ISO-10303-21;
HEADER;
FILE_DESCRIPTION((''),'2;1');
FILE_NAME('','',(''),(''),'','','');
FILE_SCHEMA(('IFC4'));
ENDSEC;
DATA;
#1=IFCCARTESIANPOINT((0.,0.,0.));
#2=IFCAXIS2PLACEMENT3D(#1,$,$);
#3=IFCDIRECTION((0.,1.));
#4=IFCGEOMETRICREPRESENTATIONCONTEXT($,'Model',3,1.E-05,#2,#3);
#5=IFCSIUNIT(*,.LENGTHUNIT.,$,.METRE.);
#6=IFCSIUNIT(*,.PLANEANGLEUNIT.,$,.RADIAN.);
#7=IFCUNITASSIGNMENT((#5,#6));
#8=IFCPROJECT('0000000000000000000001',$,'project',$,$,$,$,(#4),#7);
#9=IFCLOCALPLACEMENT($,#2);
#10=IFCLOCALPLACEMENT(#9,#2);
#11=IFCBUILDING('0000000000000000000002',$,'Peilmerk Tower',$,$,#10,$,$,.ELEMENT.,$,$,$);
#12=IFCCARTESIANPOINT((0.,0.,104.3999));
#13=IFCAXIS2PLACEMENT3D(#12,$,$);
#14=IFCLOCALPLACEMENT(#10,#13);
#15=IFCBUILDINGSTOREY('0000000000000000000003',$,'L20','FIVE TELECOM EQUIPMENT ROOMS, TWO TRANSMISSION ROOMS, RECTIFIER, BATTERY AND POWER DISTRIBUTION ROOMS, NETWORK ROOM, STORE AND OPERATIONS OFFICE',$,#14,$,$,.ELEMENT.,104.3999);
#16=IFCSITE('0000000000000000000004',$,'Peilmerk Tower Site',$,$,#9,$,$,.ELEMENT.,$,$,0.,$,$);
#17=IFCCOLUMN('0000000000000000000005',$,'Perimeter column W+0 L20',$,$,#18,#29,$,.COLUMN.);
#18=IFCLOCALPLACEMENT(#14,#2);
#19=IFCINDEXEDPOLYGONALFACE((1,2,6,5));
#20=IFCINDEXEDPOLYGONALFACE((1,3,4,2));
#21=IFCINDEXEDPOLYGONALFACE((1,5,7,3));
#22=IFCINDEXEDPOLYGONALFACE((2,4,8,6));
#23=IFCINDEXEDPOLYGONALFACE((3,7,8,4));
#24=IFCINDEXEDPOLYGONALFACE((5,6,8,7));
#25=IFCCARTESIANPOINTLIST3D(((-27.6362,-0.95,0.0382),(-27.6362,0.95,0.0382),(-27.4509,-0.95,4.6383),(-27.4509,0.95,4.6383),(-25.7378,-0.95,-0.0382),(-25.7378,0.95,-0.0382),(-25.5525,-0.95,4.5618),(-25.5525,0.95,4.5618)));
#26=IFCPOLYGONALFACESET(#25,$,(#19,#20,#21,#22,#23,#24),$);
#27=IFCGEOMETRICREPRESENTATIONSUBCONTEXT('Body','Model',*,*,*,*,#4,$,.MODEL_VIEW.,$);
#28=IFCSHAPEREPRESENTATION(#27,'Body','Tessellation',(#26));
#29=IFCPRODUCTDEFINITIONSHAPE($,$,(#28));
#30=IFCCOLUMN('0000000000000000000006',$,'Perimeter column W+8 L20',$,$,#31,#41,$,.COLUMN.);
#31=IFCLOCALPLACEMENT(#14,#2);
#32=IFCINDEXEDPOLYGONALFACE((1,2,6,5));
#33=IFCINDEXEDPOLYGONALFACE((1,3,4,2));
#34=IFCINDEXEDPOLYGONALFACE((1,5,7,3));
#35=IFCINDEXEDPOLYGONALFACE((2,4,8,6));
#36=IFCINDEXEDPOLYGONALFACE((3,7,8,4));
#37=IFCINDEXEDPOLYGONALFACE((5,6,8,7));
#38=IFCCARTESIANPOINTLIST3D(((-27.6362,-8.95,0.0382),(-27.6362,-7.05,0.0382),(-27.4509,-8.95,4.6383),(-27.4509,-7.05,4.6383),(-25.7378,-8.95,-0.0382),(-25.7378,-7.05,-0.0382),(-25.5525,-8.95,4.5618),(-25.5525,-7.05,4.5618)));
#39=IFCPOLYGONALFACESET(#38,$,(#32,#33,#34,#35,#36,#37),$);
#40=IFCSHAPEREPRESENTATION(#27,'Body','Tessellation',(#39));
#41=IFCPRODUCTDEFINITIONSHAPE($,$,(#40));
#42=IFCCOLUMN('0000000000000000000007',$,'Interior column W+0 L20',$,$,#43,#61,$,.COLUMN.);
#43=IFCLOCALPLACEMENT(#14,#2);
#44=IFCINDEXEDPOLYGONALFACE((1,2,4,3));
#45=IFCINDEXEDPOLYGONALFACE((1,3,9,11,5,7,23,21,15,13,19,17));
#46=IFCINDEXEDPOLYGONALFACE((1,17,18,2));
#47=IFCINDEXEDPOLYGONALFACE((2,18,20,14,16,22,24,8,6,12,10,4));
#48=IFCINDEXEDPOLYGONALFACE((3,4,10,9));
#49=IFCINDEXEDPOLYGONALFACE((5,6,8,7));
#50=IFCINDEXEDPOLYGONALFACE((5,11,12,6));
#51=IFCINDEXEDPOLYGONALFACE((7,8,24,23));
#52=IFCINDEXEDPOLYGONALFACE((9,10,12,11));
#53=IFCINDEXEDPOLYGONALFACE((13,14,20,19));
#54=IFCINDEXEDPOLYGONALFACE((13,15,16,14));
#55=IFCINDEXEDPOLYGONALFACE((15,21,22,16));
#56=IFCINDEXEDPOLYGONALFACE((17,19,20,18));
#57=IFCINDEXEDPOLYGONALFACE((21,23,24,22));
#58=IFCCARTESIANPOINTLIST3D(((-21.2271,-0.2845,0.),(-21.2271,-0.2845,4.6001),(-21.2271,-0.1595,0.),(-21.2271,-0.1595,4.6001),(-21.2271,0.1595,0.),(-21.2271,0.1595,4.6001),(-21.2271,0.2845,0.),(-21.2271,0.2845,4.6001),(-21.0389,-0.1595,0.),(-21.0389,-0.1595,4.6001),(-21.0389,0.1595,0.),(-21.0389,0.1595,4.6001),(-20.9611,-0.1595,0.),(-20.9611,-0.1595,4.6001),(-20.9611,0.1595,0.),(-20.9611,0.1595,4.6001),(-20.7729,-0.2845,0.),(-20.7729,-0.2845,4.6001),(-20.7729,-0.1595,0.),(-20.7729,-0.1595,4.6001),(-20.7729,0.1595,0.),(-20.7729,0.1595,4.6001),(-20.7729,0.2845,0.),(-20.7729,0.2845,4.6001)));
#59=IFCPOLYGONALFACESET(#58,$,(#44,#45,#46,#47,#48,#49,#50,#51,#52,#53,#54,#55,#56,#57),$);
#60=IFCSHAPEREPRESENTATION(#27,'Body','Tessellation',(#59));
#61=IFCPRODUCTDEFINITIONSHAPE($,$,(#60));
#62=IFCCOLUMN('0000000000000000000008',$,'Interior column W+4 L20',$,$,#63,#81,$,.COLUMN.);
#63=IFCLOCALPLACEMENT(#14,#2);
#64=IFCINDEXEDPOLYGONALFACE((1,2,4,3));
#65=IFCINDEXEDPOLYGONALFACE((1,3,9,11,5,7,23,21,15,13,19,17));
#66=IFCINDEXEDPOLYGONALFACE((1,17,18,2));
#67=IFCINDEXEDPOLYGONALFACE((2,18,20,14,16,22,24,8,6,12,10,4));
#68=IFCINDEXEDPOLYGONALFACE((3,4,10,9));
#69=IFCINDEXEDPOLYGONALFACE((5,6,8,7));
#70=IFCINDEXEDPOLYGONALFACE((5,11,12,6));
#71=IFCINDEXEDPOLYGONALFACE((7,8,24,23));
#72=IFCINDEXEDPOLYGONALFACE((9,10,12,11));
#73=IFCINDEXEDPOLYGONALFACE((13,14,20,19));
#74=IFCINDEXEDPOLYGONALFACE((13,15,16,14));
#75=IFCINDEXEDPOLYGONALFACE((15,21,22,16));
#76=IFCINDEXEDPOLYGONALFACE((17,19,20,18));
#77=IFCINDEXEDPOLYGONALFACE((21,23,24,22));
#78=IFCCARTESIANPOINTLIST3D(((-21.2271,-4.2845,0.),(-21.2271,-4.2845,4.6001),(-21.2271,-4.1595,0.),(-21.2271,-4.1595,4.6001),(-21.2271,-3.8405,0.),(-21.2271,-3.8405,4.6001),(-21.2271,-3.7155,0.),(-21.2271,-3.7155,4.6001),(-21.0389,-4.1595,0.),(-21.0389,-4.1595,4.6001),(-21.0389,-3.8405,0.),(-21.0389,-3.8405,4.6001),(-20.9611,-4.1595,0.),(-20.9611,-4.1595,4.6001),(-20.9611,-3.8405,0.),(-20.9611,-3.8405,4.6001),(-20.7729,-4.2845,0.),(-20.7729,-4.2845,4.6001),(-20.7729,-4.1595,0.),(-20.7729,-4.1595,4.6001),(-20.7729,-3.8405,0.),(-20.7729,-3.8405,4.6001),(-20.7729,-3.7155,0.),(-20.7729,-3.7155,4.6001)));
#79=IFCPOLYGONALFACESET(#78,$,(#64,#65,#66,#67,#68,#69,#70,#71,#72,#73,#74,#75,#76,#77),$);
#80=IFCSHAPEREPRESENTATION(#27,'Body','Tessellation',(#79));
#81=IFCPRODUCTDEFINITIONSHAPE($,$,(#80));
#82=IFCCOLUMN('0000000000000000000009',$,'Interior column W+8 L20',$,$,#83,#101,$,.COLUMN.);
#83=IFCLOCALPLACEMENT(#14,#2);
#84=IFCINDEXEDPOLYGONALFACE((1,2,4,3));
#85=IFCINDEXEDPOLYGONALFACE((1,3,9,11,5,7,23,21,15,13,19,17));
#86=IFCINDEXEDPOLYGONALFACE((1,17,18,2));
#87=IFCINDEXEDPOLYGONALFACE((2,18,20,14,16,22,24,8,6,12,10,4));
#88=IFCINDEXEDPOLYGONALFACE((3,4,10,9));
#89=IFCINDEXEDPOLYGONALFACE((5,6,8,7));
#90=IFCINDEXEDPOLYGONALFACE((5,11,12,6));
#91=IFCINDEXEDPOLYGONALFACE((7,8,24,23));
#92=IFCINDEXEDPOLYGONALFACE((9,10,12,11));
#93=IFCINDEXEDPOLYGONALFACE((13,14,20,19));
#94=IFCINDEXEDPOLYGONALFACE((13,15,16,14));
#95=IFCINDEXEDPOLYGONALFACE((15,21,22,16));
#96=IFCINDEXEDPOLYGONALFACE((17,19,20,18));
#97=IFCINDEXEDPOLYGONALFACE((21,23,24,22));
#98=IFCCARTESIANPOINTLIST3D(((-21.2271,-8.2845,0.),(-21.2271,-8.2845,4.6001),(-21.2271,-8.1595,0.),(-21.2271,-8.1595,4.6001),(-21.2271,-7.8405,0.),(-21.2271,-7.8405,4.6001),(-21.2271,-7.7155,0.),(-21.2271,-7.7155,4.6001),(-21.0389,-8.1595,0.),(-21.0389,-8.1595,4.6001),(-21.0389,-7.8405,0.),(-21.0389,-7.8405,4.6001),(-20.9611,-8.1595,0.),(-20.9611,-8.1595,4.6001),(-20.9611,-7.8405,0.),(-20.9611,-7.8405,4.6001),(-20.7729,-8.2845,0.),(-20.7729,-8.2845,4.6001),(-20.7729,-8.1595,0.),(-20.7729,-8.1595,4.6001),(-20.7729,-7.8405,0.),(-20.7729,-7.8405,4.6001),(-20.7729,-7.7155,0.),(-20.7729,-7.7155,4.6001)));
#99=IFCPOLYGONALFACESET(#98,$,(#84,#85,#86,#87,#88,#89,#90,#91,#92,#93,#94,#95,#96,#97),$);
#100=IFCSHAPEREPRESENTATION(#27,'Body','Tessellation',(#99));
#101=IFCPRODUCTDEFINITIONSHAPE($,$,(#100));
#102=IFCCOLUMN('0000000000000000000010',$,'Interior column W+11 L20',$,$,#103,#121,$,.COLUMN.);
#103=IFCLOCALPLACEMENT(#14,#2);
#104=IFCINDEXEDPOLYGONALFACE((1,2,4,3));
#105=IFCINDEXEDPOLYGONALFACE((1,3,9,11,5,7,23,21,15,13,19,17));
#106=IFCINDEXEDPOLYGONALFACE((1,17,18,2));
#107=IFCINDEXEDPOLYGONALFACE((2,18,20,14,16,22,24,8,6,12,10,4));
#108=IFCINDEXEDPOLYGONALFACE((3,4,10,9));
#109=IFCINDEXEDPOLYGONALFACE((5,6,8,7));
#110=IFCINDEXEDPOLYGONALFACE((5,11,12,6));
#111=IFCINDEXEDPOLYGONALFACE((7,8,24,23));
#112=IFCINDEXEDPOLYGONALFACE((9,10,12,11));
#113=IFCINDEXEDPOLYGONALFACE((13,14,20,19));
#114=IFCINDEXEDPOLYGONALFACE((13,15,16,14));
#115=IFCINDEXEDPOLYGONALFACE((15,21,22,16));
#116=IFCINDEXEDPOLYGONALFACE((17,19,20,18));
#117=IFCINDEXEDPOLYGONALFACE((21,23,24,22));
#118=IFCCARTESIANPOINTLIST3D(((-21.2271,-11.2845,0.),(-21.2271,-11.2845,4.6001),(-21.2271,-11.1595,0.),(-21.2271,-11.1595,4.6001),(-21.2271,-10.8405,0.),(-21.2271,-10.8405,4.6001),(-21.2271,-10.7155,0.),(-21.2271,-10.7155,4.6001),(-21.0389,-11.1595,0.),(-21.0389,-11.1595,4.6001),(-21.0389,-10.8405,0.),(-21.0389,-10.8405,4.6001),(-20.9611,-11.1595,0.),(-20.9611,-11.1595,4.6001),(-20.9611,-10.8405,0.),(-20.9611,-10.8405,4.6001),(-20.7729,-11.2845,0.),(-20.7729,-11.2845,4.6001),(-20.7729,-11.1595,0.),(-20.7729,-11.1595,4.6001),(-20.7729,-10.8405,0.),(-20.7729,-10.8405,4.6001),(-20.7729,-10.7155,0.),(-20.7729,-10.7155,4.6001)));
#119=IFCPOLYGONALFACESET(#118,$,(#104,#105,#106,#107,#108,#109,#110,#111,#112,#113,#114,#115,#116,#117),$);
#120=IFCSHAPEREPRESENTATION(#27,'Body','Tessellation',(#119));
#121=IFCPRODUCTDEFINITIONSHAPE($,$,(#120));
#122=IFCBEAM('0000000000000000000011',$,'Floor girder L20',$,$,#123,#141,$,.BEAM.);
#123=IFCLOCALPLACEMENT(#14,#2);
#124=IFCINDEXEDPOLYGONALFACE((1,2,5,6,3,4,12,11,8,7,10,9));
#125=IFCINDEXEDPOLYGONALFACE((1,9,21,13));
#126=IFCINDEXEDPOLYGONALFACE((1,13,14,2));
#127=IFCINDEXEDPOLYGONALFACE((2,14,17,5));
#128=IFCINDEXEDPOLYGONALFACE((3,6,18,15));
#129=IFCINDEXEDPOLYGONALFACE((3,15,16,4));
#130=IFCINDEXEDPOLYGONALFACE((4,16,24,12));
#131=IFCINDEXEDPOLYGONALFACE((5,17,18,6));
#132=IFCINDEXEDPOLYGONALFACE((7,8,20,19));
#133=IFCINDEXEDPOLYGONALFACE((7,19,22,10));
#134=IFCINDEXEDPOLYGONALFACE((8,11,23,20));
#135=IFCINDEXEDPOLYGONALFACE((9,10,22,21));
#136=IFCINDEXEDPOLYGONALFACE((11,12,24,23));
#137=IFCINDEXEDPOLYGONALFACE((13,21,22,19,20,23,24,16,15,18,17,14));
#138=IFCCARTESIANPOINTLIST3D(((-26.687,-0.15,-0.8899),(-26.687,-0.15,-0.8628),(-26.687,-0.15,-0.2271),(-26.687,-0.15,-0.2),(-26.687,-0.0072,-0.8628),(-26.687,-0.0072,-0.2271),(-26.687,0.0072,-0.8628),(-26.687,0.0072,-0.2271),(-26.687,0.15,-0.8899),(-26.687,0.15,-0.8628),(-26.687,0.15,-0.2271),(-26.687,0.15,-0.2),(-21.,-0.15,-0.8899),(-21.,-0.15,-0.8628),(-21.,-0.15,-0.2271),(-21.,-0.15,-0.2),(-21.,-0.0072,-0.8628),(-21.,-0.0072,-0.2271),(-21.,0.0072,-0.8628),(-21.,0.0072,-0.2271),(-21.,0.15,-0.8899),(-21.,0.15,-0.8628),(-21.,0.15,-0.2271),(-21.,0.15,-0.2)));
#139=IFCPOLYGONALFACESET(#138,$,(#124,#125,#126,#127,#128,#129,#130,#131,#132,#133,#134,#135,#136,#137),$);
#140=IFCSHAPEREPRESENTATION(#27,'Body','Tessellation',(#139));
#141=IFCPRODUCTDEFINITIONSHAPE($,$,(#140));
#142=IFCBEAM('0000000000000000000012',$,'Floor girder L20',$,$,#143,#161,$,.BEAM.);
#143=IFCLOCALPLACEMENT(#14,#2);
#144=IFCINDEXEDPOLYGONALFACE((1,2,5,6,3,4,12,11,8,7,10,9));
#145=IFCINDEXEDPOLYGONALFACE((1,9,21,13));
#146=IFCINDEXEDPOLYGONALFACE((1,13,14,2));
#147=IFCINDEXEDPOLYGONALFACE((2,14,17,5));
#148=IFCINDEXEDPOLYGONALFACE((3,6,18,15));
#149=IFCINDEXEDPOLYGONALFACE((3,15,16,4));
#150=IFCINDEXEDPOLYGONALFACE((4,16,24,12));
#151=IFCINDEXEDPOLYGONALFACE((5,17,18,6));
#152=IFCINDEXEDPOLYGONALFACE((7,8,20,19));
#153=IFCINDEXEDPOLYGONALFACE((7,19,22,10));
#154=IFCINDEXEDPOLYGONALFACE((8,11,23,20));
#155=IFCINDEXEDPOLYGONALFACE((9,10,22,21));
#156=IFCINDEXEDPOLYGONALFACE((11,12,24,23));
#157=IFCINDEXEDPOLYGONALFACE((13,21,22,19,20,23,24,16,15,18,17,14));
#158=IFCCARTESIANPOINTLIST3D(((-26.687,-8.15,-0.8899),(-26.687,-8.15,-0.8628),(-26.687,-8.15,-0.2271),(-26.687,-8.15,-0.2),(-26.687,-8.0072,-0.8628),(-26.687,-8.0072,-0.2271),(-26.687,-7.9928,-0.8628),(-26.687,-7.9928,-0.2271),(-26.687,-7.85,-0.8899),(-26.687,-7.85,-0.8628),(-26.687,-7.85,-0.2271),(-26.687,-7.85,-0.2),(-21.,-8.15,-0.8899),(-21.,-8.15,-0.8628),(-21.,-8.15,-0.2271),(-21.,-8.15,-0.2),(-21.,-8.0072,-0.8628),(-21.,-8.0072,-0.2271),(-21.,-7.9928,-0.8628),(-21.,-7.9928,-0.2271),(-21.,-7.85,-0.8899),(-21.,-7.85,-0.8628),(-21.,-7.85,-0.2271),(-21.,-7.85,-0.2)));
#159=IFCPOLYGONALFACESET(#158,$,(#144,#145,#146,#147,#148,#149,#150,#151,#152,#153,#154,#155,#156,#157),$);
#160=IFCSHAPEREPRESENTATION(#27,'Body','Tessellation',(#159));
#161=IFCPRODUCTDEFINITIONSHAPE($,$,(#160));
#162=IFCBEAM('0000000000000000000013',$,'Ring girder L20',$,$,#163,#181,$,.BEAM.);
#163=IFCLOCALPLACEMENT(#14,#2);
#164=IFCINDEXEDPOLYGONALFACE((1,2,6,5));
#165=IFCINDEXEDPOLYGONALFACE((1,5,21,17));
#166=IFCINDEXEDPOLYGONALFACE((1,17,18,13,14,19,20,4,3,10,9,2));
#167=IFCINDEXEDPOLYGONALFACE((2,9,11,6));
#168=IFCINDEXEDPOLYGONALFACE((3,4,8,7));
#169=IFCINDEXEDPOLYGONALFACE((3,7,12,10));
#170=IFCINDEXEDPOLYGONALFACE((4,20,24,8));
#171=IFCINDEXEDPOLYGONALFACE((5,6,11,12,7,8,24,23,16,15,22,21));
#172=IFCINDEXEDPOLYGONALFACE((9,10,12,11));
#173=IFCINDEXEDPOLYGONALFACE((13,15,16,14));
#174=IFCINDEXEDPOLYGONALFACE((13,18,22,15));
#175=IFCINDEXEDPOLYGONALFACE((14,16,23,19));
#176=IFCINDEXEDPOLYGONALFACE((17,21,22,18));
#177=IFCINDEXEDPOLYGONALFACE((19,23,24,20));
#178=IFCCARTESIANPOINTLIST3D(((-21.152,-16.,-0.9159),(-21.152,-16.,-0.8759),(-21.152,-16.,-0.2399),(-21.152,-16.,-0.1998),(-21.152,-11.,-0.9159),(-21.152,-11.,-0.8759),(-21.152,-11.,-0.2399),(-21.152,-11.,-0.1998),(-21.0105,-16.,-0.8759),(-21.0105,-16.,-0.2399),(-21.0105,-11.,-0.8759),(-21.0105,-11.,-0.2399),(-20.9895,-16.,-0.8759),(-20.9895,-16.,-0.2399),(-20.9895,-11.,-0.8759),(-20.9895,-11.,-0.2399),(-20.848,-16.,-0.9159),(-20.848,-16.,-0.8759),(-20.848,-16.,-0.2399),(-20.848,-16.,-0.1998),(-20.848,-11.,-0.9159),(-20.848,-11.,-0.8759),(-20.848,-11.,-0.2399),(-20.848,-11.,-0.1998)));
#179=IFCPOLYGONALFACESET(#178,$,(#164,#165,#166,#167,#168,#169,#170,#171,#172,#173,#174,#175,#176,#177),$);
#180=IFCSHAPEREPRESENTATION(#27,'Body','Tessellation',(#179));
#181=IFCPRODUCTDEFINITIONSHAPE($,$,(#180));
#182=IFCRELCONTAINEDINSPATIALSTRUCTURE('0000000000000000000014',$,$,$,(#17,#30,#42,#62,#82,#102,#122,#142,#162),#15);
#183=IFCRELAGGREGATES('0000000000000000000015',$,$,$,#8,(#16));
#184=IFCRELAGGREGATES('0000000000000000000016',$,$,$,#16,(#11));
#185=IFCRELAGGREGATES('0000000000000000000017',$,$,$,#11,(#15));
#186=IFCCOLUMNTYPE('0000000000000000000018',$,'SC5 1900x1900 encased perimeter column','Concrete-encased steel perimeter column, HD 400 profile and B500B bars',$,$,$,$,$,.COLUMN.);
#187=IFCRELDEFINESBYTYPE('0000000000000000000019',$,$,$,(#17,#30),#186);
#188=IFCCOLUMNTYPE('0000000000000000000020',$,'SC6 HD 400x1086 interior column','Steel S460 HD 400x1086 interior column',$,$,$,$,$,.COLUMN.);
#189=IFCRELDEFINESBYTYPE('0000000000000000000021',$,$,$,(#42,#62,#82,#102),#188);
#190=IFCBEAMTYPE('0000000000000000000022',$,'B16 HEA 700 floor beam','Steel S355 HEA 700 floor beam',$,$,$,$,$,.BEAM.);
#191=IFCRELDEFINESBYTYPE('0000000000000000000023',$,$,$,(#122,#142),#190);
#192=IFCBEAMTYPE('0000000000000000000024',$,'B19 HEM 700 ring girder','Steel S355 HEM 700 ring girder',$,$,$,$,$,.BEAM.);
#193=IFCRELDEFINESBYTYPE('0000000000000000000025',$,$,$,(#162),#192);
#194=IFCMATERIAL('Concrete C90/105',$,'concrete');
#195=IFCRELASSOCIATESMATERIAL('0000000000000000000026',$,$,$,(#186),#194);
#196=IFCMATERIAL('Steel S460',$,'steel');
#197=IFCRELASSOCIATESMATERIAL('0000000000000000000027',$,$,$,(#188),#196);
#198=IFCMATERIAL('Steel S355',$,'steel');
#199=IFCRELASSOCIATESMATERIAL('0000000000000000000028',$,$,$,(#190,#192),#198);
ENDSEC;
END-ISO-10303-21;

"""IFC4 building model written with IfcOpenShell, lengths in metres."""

from ifc_helpers import new_model, si_unit, direction, frame, origin, origin_2d, place, context, subcontext, project, spatial, rectangle, i_section, extrude, material, material_profile, profile_set, type_object, element, save


model = new_model("IFC4")

# Units and contexts
model_context = context("Model", 3, precision=1e-05, world=origin(), true_north=direction((0.0, 1.0)))
body_context = subcontext(model_context, "Body", "Model", "MODEL_VIEW")
ifc_project = project(units=[si_unit("LENGTHUNIT", "METRE"), si_unit("PLANEANGLEUNIT", "RADIAN")], contexts=[model_context])

# Site, building, storey
site_placement = place(None, origin())
site = spatial("IfcSite", under=ifc_project, at=site_placement, Name="Peilmerk Tower Site", CompositionType="ELEMENT", RefElevation=0.0)
building_placement = place(site_placement, origin())
building = spatial("IfcBuilding", under=site, at=building_placement, Name="Peilmerk Tower", CompositionType="ELEMENT")
storey_placement = place(building_placement, frame((0.0, 0.0, 104.3999)))
storey = spatial("IfcBuildingStorey", under=building, at=storey_placement, Name="L20", Description="FIVE TELECOM EQUIPMENT ROOMS, TWO TRANSMISSION ROOMS, RECTIFIER, BATTERY AND POWER DISTRIBUTION ROOMS, NETWORK ROOM, STORE AND OPERATIONS OFFICE", CompositionType="ELEMENT", Elevation=104.3999)

# Columns
ifc_material_1 = material(Name="Concrete C90/105", Category="concrete")
ifc_material_profile_1 = material_profile(ifc_material_1, rectangle(XDim=1.8999, YDim=1.8999, at=origin_2d()), Name="RC 1900x1900")
ifc_profile_set_1 = profile_set([ifc_material_profile_1], Name="Concrete C90/105")
column_type_1 = type_object("IfcColumnType", Name="SC5 1900x1900 encased perimeter column", Description="Concrete-encased steel perimeter column, HD 400 profile and B500B bars", PredefinedType="COLUMN", material=ifc_profile_set_1)
for number, where, z_axis, x_axis, name in (
    (1, (-26.687, 0.0, 0.0), (0.04025, 0.0, 0.99919), (0.0, 1.0, 0.0), "Perimeter column W+0 L20"),
    (2, (-26.687, -8.0, 0.0), (0.04025, 0.0, 0.99919), (0.0, 1.0, 0.0), "Perimeter column W+8 L20"),
):
    element("IfcColumn", number, at=place(storey_placement, frame(where, z_axis=z_axis, x_axis=x_axis)), inside=storey, type_object=column_type_1, Name=name, PredefinedType="COLUMN", context=body_context, shape_type="SweptSolid", body=[
        extrude(rectangle(XDim=1.8999, YDim=1.8999, at=origin_2d()), origin(), (0.0, 0.0, 1.0), 4.6038),
    ])
ifc_material_2 = material(Name="Steel S460", Category="steel")
ifc_material_profile_2 = material_profile(ifc_material_2, i_section(OverallWidth=0.4541, OverallDepth=0.5691, WebThickness=0.0779, FlangeThickness=0.125, at=origin_2d()), Name="HD 400x1086")
ifc_profile_set_2 = profile_set([ifc_material_profile_2], Name="Steel S460")
column_type_2 = type_object("IfcColumnType", Name="SC6 HD 400x1086 interior column", Description="Steel S460 HD 400x1086 interior column", PredefinedType="COLUMN", material=ifc_profile_set_2)
for number, where, z_axis, x_axis, name in (
    (3, (-21.0, 0.0, 0.0), (0.0, 0.0, 1.0), (1.0, 0.0, 0.0), "Interior column W+0 L20"),
    (4, (-21.0, -4.0, 0.0), (0.0, 0.0, 1.0), (1.0, 0.0, 0.0), "Interior column W+4 L20"),
    (5, (-21.0, -8.0, 0.0), (0.0, 0.0, 1.0), (1.0, 0.0, 0.0), "Interior column W+8 L20"),
    (6, (-21.0, -11.0, 0.0), (0.0, 0.0, 1.0), (1.0, 0.0, 0.0), "Interior column W+11 L20"),
):
    element("IfcColumn", number, at=place(storey_placement, frame(where, z_axis=z_axis, x_axis=x_axis)), inside=storey, type_object=column_type_2, Name=name, PredefinedType="COLUMN", context=body_context, shape_type="SweptSolid", body=[
        extrude(i_section(OverallWidth=0.4541, OverallDepth=0.5691, WebThickness=0.0779, FlangeThickness=0.125, at=origin_2d()), origin(), (0.0, 0.0, 1.0), 4.6001),
    ])

# Beams
ifc_material_3 = material(Name="Steel S355", Category="steel")
ifc_material_profile_3 = material_profile(ifc_material_3, i_section(OverallWidth=0.3, OverallDepth=0.6899, WebThickness=0.0144, FlangeThickness=0.0271, at=origin_2d()), Name="HEA 700")
ifc_profile_set_3 = profile_set([ifc_material_profile_3], Name="Steel S355")
beam_type_1 = type_object("IfcBeamType", Name="B16 HEA 700 floor beam", Description="Steel S355 HEA 700 floor beam", PredefinedType="BEAM", material=ifc_profile_set_3)
for number, where, z_axis, x_axis, name in (
    (7, (-21.0, 0.0, -0.5449), (-1.0, 0.0, 0.0), (0.0, -1.0, 0.0), "Floor girder L20"),
    (8, (-21.0, -8.0, -0.5449), (-1.0, 0.0, 0.0), (0.0, -1.0, 0.0), "Floor girder L20"),
):
    element("IfcBeam", number, at=place(storey_placement, frame(where, z_axis=z_axis, x_axis=x_axis)), inside=storey, type_object=beam_type_1, Name=name, PredefinedType="BEAM", context=body_context, shape_type="SweptSolid", body=[
        extrude(i_section(OverallWidth=0.3, OverallDepth=0.6899, WebThickness=0.0144, FlangeThickness=0.0271, at=origin_2d()), origin(), (0.0, 0.0, 1.0), 5.687),
    ])
ifc_material_profile_4 = material_profile(ifc_material_3, i_section(OverallWidth=0.304, OverallDepth=0.7161, WebThickness=0.021, FlangeThickness=0.04, at=origin_2d()), Name="HEM 700")
ifc_profile_set_4 = profile_set([ifc_material_profile_4], Name="Steel S355")
beam_type_2 = type_object("IfcBeamType", Name="B19 HEM 700 ring girder", Description="Steel S355 HEM 700 ring girder", PredefinedType="BEAM", material=ifc_profile_set_4)
beam_1_placement = place(storey_placement, frame((-21.0, -11.0, -0.5579), z_axis=(0.0, -1.0, 0.0), x_axis=(1.0, 0.0, 0.0)))
element("IfcBeam", 9, at=beam_1_placement, inside=storey, type_object=beam_type_2, Name="Ring girder L20", PredefinedType="BEAM", context=body_context, shape_type="SweptSolid", body=[
    extrude(i_section(OverallWidth=0.304, OverallDepth=0.7161, WebThickness=0.021, FlangeThickness=0.04, at=origin_2d()), origin(), (0.0, 0.0, 1.0), 5.0),
])

save(model, "model.ifc")
